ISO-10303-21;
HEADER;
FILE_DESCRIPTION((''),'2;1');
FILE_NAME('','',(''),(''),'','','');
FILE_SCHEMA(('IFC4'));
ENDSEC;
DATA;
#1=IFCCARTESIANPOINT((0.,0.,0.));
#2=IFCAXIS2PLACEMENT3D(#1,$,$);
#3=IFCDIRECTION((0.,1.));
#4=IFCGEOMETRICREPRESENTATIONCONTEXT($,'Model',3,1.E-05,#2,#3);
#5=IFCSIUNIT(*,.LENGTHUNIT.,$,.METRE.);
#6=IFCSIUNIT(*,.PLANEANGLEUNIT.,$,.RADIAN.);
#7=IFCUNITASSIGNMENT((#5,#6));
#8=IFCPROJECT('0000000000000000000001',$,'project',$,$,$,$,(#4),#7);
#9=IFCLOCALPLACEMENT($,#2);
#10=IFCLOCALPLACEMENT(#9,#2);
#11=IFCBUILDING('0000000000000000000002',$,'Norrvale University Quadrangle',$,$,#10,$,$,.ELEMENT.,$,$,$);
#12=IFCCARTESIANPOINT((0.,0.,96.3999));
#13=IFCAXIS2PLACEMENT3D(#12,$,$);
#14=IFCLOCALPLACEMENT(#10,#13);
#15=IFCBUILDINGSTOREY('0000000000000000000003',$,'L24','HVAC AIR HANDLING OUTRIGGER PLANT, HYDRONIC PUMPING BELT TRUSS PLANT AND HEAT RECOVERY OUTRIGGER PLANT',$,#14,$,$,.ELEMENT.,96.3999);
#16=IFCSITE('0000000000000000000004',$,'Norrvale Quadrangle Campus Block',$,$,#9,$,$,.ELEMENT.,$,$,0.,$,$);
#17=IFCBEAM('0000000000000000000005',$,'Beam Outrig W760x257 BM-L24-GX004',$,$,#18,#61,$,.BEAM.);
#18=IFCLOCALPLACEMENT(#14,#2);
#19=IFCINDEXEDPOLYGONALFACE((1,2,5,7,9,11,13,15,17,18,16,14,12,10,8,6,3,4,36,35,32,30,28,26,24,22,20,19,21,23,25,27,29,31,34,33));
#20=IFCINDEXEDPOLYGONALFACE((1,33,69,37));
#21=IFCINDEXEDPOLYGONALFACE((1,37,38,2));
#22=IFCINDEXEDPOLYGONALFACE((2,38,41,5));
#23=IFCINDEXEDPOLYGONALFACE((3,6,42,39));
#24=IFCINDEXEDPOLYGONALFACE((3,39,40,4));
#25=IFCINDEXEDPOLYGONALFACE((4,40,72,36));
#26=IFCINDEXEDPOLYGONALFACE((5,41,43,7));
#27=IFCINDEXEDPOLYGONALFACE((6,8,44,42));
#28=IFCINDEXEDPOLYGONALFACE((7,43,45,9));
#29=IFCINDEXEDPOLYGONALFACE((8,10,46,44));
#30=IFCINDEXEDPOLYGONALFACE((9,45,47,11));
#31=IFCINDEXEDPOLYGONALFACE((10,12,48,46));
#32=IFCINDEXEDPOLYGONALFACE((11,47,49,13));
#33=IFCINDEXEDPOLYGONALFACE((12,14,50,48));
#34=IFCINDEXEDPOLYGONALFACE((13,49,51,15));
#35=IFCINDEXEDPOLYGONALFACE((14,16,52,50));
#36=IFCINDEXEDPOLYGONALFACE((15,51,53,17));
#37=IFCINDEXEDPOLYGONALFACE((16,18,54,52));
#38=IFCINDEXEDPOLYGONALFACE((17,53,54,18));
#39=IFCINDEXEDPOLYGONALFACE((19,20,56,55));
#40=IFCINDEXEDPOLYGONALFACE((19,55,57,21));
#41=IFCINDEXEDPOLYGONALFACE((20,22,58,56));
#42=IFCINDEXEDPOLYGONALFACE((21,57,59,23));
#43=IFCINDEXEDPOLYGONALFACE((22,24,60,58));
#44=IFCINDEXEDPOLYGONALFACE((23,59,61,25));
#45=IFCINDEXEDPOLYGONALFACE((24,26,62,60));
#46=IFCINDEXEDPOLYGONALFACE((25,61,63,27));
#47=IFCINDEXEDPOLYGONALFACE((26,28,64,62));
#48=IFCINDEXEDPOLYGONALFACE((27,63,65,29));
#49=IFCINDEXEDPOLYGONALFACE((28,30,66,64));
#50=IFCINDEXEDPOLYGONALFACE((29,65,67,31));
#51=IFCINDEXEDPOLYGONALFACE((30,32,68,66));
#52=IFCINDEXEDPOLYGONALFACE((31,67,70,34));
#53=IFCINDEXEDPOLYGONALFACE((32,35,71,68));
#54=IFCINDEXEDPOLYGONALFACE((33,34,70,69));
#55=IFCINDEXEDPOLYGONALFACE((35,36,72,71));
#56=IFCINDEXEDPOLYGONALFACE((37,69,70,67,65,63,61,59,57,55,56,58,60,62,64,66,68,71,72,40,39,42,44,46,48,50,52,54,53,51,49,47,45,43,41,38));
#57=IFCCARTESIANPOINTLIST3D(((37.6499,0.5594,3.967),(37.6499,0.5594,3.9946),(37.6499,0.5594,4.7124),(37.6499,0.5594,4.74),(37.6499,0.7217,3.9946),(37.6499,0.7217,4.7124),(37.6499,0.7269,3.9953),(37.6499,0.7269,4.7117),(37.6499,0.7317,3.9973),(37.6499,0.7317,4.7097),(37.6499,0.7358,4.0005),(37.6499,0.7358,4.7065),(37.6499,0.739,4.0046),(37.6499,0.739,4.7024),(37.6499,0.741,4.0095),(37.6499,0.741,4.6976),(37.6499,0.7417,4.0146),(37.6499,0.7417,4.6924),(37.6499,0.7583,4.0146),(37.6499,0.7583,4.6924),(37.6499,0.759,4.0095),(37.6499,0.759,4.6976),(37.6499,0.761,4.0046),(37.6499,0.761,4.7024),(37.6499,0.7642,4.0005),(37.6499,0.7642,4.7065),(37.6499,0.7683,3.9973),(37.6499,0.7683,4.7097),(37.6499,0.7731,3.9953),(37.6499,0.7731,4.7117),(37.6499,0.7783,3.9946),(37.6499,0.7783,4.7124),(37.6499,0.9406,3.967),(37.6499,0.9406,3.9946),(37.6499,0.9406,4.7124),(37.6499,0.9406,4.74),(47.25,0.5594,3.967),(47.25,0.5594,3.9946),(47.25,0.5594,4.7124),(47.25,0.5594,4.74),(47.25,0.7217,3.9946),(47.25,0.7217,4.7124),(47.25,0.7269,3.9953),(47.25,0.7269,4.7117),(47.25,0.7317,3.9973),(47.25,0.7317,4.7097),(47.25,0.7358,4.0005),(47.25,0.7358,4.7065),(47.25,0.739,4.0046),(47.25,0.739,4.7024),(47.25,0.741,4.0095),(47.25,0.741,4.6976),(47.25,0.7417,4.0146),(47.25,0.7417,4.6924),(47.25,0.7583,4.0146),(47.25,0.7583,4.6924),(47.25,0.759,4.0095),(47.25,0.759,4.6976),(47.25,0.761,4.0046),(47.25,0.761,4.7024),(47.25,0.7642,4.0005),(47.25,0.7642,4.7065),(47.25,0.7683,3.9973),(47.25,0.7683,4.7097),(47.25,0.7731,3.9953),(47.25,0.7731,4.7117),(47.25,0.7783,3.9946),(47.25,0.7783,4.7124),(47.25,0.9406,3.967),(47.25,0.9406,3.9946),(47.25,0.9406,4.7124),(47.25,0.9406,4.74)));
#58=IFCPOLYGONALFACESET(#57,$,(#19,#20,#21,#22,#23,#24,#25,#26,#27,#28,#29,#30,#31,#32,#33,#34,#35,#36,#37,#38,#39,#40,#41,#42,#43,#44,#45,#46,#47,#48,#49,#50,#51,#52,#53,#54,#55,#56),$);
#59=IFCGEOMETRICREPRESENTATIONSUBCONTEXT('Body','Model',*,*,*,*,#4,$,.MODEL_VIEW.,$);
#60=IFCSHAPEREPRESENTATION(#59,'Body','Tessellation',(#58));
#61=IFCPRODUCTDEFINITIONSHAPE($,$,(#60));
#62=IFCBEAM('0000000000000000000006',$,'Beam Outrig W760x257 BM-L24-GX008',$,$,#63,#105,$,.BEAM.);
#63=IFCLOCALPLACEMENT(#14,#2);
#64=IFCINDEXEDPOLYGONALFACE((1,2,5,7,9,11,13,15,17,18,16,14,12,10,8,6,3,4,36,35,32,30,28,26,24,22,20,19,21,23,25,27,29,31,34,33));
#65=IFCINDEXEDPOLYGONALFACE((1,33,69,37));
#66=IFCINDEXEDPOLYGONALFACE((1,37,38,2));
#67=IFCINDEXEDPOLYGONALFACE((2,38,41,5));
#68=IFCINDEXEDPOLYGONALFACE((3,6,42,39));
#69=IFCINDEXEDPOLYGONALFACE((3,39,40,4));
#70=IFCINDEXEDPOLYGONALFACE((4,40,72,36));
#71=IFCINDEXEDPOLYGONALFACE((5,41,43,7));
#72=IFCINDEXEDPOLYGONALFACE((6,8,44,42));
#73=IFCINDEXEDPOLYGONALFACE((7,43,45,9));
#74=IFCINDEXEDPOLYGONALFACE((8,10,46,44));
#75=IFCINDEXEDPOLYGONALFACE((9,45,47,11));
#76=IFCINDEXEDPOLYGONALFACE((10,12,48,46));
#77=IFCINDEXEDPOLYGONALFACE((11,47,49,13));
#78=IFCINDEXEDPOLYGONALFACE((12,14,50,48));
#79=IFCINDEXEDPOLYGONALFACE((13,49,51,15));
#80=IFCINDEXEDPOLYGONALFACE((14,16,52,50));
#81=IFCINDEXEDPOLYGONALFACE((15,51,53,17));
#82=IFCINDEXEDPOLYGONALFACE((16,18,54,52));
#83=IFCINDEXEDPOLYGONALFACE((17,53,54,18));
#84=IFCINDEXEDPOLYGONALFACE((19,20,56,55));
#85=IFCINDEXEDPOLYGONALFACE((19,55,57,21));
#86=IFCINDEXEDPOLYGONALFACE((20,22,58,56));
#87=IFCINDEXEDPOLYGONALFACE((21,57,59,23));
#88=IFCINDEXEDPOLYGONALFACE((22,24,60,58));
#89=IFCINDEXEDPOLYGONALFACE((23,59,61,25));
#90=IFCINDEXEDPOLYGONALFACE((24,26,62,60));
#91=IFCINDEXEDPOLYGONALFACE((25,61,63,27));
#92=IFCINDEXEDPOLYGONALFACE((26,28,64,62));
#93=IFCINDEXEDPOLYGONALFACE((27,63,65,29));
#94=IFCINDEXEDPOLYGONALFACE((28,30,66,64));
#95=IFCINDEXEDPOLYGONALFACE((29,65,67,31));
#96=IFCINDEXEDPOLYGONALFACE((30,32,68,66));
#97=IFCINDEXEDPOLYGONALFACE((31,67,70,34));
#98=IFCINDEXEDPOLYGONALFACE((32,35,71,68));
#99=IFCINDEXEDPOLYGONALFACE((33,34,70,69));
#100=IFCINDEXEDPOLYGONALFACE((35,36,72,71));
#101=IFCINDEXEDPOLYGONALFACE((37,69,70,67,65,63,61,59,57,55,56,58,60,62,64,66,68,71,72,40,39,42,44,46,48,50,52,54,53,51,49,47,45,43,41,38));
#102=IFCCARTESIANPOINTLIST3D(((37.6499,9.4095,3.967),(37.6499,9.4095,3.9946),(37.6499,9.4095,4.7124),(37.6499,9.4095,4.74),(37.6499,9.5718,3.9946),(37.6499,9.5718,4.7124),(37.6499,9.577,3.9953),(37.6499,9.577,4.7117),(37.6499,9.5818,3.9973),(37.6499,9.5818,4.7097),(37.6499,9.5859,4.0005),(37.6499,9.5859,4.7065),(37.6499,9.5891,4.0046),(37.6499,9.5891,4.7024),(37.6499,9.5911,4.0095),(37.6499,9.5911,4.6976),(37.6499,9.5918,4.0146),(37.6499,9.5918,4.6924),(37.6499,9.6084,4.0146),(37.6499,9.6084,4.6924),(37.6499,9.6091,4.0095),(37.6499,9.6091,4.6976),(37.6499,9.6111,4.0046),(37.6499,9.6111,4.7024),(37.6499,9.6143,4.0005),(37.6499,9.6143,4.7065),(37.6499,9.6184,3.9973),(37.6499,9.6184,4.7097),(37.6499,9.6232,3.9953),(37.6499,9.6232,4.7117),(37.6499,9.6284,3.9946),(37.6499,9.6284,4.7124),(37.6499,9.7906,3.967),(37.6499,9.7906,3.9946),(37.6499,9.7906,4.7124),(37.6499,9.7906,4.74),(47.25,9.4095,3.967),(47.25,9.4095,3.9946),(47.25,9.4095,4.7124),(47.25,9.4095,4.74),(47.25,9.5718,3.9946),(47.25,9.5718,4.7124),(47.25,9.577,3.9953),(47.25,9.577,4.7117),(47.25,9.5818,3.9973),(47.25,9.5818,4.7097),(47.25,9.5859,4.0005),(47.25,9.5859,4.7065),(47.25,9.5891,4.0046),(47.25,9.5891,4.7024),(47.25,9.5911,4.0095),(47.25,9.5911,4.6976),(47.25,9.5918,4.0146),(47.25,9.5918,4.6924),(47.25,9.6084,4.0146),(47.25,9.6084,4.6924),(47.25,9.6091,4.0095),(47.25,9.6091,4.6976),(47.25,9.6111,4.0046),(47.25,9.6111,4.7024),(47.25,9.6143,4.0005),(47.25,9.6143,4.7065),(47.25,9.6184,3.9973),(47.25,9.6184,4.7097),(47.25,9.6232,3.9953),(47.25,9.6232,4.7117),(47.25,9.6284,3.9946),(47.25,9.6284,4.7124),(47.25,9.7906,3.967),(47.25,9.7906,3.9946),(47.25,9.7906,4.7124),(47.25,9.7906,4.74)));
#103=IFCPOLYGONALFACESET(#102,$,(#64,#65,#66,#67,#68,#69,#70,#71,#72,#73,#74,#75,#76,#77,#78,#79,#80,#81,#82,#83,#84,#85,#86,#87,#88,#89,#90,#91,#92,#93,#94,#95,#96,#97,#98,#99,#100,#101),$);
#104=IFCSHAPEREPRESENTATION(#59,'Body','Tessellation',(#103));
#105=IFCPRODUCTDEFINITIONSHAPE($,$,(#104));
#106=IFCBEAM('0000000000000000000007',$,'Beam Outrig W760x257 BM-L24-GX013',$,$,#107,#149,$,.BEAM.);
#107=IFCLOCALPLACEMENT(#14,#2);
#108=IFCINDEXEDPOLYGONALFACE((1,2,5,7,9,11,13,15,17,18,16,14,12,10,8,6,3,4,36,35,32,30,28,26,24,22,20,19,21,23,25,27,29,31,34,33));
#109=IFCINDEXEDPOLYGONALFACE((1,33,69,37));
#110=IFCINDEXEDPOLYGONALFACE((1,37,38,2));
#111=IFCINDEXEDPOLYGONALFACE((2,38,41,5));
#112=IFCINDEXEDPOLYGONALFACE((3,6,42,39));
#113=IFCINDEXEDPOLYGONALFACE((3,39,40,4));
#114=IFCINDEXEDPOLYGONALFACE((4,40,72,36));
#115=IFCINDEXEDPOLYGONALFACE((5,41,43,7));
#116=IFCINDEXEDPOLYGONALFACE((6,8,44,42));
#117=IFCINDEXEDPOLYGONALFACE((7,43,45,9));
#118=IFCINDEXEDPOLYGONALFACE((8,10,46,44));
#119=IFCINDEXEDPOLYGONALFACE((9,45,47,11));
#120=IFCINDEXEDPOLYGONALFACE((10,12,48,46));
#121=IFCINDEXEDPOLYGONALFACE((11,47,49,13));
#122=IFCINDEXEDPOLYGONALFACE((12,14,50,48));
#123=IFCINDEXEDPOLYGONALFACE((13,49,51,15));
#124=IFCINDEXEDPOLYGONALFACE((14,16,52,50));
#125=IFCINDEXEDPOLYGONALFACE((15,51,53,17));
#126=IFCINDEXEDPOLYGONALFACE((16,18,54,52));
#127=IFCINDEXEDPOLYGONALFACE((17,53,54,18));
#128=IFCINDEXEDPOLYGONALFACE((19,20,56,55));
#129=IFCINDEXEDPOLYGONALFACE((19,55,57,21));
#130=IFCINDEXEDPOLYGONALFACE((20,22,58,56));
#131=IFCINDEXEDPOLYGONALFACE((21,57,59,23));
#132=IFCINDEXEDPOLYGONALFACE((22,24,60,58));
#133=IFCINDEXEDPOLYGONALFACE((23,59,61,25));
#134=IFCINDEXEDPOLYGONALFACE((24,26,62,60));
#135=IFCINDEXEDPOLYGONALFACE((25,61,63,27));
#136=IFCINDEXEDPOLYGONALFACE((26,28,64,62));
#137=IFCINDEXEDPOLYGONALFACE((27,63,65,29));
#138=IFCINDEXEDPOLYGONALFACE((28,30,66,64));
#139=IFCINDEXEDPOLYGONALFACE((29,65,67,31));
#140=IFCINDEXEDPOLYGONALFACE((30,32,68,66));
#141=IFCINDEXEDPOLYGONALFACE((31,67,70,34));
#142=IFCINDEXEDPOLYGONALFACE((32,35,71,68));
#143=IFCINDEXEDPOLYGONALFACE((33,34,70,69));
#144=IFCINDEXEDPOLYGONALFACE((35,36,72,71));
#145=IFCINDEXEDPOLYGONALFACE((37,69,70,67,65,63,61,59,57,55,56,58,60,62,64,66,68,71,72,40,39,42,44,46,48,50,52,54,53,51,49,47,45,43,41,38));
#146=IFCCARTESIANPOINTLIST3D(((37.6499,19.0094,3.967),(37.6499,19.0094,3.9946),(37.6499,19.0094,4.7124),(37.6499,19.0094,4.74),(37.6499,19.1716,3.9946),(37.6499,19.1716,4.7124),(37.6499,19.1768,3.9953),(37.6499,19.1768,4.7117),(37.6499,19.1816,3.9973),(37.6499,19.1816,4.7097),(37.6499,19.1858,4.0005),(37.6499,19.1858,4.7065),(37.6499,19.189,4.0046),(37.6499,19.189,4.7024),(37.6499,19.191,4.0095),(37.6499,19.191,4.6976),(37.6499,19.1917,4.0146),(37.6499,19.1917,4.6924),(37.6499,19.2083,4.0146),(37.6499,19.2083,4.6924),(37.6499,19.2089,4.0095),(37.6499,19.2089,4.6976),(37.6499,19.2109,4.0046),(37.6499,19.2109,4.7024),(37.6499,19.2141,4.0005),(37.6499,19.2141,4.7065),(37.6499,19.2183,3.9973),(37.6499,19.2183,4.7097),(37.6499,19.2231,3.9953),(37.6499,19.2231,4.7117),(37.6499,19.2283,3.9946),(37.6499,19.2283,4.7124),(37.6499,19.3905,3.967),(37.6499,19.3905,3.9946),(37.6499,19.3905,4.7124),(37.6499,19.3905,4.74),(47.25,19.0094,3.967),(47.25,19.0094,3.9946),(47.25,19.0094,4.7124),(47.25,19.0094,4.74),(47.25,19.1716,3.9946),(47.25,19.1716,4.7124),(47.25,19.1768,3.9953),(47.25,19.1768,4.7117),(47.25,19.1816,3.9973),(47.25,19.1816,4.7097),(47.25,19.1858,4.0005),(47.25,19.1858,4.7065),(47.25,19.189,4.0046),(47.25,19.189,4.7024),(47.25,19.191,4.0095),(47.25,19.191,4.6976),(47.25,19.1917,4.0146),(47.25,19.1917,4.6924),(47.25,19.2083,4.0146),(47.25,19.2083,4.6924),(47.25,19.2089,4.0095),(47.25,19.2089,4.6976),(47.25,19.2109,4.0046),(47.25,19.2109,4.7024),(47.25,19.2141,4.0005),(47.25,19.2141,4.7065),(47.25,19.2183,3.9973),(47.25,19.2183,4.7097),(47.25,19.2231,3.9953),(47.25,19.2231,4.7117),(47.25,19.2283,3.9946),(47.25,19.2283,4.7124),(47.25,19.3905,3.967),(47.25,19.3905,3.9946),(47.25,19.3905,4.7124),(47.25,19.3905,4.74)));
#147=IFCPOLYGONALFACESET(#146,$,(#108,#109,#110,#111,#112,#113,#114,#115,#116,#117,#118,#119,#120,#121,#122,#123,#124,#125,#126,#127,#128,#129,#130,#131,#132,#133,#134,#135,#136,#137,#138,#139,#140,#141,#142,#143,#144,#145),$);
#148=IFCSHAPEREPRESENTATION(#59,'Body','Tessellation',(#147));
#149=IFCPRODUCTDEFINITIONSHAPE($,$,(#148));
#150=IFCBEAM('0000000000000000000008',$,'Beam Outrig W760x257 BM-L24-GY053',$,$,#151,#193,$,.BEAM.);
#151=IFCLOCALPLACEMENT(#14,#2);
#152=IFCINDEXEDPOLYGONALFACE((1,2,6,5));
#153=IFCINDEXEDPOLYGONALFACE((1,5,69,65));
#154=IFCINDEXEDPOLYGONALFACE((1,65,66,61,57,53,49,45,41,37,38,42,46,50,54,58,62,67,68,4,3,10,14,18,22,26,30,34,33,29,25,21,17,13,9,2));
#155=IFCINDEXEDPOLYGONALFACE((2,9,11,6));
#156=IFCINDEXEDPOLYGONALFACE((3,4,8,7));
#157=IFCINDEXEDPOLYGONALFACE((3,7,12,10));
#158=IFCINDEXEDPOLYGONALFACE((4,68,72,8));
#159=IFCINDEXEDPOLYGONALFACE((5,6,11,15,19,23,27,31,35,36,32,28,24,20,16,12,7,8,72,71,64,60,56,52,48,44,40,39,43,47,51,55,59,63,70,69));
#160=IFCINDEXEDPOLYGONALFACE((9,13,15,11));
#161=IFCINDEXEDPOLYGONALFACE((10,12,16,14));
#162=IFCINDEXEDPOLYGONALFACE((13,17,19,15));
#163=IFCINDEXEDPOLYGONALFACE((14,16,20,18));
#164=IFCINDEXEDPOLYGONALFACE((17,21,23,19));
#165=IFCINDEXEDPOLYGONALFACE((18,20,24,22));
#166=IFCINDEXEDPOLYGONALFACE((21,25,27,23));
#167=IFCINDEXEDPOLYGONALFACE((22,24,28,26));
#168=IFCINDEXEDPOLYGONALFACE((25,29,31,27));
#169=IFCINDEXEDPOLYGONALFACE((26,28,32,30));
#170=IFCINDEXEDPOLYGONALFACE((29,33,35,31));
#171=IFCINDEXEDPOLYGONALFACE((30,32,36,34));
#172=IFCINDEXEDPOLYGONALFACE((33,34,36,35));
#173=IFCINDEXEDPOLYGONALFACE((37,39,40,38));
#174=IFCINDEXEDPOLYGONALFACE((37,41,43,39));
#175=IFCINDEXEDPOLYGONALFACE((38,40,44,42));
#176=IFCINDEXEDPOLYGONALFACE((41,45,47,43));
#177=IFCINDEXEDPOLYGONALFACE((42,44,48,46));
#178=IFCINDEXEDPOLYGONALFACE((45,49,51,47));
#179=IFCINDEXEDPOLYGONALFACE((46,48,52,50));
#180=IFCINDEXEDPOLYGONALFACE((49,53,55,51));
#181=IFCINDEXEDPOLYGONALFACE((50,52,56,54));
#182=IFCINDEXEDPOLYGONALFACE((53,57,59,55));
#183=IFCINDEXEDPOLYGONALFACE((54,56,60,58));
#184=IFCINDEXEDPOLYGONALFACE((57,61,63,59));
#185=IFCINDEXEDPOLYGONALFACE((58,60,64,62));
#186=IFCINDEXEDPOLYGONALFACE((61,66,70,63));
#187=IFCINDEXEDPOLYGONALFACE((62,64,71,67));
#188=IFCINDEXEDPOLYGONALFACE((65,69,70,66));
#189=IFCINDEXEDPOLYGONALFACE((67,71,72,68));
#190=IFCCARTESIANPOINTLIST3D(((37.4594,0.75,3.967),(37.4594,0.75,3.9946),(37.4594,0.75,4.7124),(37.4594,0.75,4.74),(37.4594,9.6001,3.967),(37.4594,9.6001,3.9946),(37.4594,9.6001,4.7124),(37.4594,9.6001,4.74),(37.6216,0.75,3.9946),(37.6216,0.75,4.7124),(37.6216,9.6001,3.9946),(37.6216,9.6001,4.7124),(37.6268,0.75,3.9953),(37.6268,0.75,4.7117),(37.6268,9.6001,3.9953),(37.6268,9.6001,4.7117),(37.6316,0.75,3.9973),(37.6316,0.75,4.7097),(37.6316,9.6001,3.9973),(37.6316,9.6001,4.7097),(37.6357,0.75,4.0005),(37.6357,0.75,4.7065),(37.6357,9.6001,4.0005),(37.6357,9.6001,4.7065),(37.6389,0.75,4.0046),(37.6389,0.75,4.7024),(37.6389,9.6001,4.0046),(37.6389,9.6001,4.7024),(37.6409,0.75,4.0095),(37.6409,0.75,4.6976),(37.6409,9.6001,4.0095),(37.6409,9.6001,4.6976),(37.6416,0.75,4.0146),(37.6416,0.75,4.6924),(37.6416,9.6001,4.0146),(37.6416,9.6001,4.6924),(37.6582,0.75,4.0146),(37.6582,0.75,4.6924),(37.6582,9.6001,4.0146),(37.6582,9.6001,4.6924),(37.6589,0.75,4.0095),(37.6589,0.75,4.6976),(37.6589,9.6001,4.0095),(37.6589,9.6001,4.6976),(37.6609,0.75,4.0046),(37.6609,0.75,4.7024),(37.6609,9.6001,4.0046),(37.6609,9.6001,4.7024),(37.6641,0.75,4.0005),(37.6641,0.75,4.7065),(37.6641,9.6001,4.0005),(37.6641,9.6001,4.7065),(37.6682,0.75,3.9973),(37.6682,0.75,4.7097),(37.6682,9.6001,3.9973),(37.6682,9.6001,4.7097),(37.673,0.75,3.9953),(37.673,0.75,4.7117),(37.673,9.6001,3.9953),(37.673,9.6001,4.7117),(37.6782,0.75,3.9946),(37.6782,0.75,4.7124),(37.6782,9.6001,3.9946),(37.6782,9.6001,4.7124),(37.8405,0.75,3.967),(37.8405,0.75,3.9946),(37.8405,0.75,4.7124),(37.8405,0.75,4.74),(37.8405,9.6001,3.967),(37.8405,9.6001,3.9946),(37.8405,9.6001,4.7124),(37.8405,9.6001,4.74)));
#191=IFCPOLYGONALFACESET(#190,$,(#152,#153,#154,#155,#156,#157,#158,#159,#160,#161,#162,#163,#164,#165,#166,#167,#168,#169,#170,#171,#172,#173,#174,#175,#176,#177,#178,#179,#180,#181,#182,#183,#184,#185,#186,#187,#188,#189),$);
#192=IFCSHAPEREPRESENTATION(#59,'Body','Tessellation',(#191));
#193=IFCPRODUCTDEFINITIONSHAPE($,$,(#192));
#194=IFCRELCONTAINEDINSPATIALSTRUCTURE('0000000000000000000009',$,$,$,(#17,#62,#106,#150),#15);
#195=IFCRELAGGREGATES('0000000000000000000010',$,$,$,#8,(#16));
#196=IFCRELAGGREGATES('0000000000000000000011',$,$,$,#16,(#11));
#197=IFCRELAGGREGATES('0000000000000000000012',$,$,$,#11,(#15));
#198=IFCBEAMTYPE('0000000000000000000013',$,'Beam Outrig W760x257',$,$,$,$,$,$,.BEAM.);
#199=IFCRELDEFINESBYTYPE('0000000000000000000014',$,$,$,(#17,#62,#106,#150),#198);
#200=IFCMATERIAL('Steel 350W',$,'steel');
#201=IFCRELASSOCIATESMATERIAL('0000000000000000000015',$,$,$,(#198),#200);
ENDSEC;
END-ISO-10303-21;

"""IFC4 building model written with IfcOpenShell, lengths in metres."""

from ifc_helpers import new_model, si_unit, direction, frame, origin, origin_2d, place, context, subcontext, project, spatial, i_section, extrude, material, material_profile, profile_set, type_object, element, save


model = new_model("IFC4")

# Units and contexts
model_context = context("Model", 3, precision=1e-05, world=origin(), true_north=direction((0.0, 1.0)))
body_context = subcontext(model_context, "Body", "Model", "MODEL_VIEW")
ifc_project = project(units=[si_unit("LENGTHUNIT", "METRE"), si_unit("PLANEANGLEUNIT", "RADIAN")], contexts=[model_context])

# Site, building, storey
site_placement = place(None, origin())
site = spatial("IfcSite", under=ifc_project, at=site_placement, Name="Norrvale Quadrangle Campus Block", CompositionType="ELEMENT", RefElevation=0.0)
building_placement = place(site_placement, origin())
building = spatial("IfcBuilding", under=site, at=building_placement, Name="Norrvale University Quadrangle", CompositionType="ELEMENT")
storey_placement = place(building_placement, frame((0.0, 0.0, 96.3999)))
storey = spatial("IfcBuildingStorey", under=building, at=storey_placement, Name="L24", Description="HVAC AIR HANDLING OUTRIGGER PLANT, HYDRONIC PUMPING BELT TRUSS PLANT AND HEAT RECOVERY OUTRIGGER PLANT", CompositionType="ELEMENT", Elevation=96.3999)

# Beams
ifc_material_1 = material(Name="Steel 350W", Category="steel")
ifc_material_profile_1 = material_profile(ifc_material_1, i_section(OverallWidth=0.3811, OverallDepth=0.7729, WebThickness=0.0166, FlangeThickness=0.0276, FilletRadius=0.02, at=origin_2d()), Name="Steel 350W")
ifc_profile_set_1 = profile_set([ifc_material_profile_1], Name="Steel 350W")
beam_type_1 = type_object("IfcBeamType", Name="Beam Outrig W760x257", PredefinedType="BEAM", material=ifc_profile_set_1)
for number, where, z_axis, x_axis, name in (
    (1, (37.6499, 0.75, 4.3535), (1.0, 0.0, 0.0), (0.0, 1.0, 0.0), "Beam Outrig W760x257 BM-L24-GX004"),
    (2, (37.6499, 9.6001, 4.3535), (1.0, 0.0, 0.0), (0.0, 1.0, 0.0), "Beam Outrig W760x257 BM-L24-GX008"),
    (3, (37.6499, 19.2, 4.3535), (1.0, 0.0, 0.0), (0.0, 1.0, 0.0), "Beam Outrig W760x257 BM-L24-GX013"),
):
    element("IfcBeam", number, at=place(storey_placement, frame(where, z_axis=z_axis, x_axis=x_axis)), inside=storey, type_object=beam_type_1, Name=name, PredefinedType="BEAM", context=body_context, shape_type="SweptSolid", body=[
        extrude(i_section(OverallWidth=0.3811, OverallDepth=0.7729, WebThickness=0.0166, FlangeThickness=0.0276, FilletRadius=0.02, at=origin_2d()), origin(), (0.0, 0.0, 1.0), 9.6001),
    ])
beam_1_placement = place(storey_placement, frame((37.6499, 0.75, 4.3535), z_axis=(0.0, 1.0, 0.0), x_axis=(-1.0, 0.0, 0.0)))
element("IfcBeam", 4, at=beam_1_placement, inside=storey, type_object=beam_type_1, Name="Beam Outrig W760x257 BM-L24-GY053", PredefinedType="BEAM", context=body_context, shape_type="SweptSolid", body=[
    extrude(i_section(OverallWidth=0.3811, OverallDepth=0.7729, WebThickness=0.0166, FlangeThickness=0.0276, FilletRadius=0.02, at=origin_2d()), origin(), (0.0, 0.0, 1.0), 8.8501),
])

save(model, "model.ifc")
